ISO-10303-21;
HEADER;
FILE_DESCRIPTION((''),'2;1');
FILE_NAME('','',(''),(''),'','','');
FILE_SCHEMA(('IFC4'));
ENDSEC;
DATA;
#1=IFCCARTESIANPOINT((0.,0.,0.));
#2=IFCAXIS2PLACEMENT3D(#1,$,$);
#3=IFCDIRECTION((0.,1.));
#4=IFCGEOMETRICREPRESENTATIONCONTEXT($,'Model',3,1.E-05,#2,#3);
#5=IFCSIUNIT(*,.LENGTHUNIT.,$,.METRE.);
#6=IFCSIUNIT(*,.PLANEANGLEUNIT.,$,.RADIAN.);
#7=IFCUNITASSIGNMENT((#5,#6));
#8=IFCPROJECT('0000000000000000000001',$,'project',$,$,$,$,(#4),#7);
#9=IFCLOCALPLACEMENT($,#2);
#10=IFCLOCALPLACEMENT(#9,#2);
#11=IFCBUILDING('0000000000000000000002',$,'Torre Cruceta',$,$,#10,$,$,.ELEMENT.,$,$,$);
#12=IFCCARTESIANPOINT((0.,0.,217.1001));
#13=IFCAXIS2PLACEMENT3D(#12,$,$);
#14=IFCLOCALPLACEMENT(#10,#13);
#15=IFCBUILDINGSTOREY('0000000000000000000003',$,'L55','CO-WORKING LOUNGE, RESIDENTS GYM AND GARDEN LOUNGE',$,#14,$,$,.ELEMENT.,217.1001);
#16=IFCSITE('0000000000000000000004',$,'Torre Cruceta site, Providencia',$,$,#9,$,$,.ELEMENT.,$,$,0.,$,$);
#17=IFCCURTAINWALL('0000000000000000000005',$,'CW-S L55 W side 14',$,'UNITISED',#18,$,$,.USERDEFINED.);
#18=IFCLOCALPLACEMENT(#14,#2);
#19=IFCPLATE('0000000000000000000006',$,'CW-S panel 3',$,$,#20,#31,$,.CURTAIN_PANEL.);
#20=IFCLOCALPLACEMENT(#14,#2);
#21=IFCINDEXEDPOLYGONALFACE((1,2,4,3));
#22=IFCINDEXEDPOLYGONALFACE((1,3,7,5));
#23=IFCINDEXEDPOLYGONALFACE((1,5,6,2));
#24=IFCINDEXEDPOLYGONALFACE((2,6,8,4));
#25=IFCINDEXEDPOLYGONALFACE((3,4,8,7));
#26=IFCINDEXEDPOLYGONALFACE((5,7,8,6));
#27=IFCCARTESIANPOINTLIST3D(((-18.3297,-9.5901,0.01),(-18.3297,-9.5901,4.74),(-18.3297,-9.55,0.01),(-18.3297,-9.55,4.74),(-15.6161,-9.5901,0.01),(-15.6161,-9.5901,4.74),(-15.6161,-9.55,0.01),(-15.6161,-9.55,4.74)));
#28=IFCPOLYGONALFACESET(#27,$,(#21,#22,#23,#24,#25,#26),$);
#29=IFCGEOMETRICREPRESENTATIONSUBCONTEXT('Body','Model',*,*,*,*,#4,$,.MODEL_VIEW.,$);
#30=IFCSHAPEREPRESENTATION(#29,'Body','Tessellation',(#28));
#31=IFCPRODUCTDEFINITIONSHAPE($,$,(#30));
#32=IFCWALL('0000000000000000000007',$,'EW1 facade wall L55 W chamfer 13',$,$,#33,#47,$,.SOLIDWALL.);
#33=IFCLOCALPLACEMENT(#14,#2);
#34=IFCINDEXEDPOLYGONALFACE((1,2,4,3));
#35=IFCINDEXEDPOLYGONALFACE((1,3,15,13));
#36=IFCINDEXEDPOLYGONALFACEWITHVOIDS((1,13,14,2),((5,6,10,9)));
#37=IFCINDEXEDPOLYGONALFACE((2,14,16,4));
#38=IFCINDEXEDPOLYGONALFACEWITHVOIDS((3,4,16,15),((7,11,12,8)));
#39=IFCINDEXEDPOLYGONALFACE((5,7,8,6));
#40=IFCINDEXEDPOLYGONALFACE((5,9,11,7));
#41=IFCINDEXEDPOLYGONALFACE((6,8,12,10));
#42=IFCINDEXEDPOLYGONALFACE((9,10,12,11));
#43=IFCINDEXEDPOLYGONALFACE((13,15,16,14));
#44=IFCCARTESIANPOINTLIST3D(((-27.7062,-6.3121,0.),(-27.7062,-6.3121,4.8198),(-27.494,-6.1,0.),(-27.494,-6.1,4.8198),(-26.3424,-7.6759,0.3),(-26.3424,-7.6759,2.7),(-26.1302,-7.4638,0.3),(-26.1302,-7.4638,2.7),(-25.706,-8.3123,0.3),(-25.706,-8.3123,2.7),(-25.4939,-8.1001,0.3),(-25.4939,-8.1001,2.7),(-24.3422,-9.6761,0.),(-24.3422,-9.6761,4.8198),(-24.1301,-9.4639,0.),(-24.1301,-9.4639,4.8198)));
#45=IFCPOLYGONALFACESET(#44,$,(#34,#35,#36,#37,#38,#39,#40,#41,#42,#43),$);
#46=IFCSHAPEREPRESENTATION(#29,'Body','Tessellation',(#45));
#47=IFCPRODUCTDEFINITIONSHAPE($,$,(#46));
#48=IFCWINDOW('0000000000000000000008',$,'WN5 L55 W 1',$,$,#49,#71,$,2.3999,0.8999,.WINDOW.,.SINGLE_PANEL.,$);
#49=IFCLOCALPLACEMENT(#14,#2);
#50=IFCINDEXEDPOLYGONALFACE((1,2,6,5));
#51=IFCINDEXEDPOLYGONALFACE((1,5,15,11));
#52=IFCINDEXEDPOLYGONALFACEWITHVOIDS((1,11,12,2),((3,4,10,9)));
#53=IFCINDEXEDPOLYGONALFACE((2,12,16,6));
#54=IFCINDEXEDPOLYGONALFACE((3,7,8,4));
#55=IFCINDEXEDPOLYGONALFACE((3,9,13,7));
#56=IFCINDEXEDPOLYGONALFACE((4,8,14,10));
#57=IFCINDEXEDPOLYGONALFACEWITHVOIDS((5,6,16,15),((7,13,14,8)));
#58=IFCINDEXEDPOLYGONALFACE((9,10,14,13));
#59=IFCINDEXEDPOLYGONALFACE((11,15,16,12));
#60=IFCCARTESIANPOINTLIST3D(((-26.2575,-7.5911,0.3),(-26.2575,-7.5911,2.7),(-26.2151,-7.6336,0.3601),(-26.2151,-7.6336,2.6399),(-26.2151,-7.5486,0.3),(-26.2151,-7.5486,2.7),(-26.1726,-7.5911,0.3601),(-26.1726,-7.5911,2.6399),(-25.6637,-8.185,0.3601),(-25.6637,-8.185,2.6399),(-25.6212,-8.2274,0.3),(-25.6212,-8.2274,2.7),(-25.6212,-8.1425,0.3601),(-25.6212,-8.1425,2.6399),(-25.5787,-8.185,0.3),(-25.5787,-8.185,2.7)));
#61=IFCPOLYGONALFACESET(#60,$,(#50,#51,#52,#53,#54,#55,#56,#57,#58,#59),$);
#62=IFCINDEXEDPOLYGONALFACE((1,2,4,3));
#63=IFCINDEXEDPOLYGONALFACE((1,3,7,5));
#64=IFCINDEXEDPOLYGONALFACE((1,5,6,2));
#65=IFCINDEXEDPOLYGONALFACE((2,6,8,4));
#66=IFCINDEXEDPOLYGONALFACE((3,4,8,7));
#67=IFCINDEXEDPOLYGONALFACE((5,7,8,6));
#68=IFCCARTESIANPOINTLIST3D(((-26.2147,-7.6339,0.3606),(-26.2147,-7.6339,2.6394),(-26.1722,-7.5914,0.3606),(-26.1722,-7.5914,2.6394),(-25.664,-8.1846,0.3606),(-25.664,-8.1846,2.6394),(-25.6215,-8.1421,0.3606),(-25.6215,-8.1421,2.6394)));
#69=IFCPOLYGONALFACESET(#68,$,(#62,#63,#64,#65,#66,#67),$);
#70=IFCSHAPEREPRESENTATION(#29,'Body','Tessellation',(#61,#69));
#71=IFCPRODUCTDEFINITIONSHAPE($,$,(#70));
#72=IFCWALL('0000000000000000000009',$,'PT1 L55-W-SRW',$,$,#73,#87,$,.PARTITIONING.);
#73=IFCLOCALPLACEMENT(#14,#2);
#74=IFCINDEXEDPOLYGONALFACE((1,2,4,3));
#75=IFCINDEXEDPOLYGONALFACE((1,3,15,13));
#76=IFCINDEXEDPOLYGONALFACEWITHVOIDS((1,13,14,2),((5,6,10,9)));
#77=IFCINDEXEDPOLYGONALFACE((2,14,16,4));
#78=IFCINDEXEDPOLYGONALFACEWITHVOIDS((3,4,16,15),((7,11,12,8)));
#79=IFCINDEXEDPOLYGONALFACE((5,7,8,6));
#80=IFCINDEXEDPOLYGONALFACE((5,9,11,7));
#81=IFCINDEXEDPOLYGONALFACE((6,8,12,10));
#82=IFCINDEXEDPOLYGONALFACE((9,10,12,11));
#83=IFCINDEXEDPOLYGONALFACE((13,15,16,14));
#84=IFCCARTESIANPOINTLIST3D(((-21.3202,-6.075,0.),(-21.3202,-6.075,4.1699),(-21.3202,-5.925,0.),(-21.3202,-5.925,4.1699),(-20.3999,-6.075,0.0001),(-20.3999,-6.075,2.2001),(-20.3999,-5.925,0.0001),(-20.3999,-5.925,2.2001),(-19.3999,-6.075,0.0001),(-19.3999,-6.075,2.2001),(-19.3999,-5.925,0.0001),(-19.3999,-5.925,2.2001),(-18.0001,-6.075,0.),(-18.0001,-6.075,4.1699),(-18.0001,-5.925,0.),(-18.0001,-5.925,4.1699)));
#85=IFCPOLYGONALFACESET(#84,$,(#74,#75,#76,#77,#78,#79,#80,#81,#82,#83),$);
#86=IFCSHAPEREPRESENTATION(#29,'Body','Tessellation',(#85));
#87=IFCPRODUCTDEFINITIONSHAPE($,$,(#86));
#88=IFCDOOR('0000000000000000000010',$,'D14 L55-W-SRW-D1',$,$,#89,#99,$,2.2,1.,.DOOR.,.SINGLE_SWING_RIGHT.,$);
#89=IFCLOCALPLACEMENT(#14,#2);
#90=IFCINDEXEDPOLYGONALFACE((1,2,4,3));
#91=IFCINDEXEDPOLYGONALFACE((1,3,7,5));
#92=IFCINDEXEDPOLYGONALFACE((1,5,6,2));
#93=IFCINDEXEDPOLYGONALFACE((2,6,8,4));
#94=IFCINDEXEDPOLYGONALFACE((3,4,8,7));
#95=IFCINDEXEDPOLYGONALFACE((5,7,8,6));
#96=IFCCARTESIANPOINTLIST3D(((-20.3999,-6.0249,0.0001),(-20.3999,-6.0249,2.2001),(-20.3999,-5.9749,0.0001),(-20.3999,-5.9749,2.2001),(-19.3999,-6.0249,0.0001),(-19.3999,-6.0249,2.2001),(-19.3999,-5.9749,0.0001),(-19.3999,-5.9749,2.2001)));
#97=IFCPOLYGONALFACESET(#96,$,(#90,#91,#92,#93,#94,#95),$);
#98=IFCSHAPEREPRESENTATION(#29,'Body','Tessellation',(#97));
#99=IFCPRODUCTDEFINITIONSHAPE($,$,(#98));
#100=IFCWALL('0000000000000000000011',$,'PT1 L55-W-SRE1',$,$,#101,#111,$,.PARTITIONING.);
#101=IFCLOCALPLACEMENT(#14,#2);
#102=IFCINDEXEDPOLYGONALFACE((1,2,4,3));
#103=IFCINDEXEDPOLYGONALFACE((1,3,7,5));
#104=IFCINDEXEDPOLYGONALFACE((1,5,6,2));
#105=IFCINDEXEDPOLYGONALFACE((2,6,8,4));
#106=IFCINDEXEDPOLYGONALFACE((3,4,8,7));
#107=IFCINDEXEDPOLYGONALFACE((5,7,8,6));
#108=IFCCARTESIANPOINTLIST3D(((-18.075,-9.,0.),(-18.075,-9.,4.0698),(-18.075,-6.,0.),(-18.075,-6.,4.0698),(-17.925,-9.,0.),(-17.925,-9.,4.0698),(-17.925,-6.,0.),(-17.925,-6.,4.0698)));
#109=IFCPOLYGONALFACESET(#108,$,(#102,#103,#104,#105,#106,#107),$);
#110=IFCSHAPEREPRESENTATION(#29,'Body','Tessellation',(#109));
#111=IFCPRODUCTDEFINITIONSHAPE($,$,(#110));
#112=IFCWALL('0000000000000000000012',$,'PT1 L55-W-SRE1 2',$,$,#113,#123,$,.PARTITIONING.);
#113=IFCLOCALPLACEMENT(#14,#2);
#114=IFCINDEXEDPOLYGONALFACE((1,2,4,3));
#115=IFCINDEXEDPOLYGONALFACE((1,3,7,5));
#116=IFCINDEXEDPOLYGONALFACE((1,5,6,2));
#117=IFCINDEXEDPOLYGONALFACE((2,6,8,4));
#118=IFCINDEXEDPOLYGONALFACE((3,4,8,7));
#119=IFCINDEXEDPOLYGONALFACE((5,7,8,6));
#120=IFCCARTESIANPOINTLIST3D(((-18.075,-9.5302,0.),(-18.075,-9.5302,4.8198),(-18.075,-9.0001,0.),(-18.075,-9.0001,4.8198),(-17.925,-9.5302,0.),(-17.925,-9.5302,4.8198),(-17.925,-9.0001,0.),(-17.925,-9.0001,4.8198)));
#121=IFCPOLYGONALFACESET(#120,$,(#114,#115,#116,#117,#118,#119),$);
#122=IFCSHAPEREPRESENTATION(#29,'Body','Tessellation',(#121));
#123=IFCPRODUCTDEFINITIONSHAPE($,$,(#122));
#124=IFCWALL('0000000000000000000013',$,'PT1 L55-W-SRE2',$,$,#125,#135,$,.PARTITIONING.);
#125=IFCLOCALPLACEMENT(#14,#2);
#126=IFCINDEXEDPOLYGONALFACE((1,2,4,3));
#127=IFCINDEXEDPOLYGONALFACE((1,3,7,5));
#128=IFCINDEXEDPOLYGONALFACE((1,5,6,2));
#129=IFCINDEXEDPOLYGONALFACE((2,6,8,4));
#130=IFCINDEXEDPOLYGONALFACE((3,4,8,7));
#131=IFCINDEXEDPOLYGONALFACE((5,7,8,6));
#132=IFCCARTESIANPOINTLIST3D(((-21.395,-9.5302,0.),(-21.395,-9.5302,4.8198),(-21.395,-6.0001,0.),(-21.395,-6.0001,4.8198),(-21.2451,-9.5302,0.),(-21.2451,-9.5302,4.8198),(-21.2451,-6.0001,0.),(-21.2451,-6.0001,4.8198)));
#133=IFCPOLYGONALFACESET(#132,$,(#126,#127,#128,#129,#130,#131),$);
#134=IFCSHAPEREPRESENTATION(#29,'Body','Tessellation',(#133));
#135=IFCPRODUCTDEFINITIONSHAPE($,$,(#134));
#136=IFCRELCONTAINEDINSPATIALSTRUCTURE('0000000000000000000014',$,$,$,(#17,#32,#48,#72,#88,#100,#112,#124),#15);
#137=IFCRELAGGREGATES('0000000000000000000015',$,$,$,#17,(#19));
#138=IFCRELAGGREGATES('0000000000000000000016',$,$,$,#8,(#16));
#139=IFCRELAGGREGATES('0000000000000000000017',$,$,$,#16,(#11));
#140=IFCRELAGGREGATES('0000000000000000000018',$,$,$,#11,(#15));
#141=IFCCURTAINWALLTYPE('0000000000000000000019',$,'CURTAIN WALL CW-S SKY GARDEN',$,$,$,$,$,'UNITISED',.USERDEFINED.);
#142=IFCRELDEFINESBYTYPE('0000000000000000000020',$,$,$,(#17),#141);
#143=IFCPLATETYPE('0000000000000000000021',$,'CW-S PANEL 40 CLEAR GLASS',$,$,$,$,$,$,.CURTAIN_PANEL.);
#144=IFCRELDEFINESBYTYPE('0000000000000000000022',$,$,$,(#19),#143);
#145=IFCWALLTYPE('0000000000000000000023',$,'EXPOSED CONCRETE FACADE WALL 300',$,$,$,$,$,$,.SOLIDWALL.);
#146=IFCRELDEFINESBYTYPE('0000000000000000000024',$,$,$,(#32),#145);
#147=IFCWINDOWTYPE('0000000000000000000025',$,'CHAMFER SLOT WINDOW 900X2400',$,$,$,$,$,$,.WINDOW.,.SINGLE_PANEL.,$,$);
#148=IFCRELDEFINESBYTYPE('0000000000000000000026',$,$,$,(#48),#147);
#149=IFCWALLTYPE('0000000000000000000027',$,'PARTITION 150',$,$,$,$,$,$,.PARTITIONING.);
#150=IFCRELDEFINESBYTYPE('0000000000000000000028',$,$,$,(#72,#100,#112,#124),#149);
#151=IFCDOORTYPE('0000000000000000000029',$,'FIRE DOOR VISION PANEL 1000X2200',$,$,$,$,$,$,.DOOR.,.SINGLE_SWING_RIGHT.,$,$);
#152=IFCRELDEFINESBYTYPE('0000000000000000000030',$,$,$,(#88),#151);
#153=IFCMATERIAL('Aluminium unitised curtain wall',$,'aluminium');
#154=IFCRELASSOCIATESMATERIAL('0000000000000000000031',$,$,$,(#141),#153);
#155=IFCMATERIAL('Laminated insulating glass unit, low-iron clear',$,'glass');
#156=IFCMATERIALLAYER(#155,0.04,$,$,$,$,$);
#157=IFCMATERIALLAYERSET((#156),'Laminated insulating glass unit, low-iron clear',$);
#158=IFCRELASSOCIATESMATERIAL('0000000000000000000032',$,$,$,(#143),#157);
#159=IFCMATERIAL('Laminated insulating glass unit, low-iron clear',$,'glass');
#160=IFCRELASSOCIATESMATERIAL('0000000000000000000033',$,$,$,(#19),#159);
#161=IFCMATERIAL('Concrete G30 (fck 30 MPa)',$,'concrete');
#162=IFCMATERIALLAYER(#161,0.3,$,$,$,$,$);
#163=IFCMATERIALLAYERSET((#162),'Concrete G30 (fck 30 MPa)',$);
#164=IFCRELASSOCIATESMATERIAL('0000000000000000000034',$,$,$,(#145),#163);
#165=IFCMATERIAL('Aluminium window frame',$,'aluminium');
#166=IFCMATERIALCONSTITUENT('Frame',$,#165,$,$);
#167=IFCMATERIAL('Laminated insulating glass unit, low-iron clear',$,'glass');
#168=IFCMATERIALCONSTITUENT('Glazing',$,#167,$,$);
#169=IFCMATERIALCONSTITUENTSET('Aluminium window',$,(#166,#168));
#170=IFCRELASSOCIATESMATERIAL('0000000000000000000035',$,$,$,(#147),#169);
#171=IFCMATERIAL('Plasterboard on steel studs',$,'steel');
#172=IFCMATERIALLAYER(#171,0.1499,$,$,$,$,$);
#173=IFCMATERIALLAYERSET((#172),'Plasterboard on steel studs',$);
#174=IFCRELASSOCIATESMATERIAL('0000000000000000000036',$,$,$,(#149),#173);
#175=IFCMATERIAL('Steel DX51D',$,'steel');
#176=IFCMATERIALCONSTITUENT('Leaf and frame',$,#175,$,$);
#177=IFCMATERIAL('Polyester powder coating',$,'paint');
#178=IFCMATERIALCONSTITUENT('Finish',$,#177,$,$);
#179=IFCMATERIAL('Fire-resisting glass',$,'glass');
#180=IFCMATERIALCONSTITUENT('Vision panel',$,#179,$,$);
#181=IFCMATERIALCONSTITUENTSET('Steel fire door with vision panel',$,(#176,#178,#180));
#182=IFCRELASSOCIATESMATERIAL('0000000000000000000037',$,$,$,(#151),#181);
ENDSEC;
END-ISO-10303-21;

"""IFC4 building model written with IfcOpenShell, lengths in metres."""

from ifc_helpers import new_model, si_unit, direction, frame, frame_2d, origin, origin_2d, place, context, subcontext, project, spatial, rectangle, hollow_rectangle, extrude, material, layer, layer_set, constituent, constituent_set, type_object, element, fill, aggregate, save


model = new_model("IFC4")

# Units and contexts
model_context = context("Model", 3, precision=1e-05, world=origin(), true_north=direction((0.0, 1.0)))
body_context = subcontext(model_context, "Body", "Model", "MODEL_VIEW")
ifc_project = project(units=[si_unit("LENGTHUNIT", "METRE"), si_unit("PLANEANGLEUNIT", "RADIAN")], contexts=[model_context])

# Site, building, storey
site_placement = place(None, origin())
site = spatial("IfcSite", under=ifc_project, at=site_placement, Name="Torre Cruceta site, Providencia", CompositionType="ELEMENT", RefElevation=0.0)
building_placement = place(site_placement, origin())
building = spatial("IfcBuilding", under=site, at=building_placement, Name="Torre Cruceta", CompositionType="ELEMENT")
storey_placement = place(building_placement, frame((0.0, 0.0, 217.1001)))
storey = spatial("IfcBuildingStorey", under=building, at=storey_placement, Name="L55", Description="CO-WORKING LOUNGE, RESIDENTS GYM AND GARDEN LOUNGE", CompositionType="ELEMENT", Elevation=217.1001)

# Curtain wall
ifc_material_1 = material(Name="Aluminium unitised curtain wall", Category="aluminium")
curtain_wall_type = type_object("IfcCurtainWallType", Name="CURTAIN WALL CW-S SKY GARDEN", ElementType="UNITISED", PredefinedType="USERDEFINED", material=ifc_material_1)
curtain_wall_placement = place(storey_placement, origin())
curtain_wall = element("IfcCurtainWall", 1, at=curtain_wall_placement, inside=storey, type_object=curtain_wall_type, Name="CW-S L55 W side 14", ObjectType="UNITISED", PredefinedType="USERDEFINED")

# Plate
ifc_material_2 = material(Name="Laminated insulating glass unit, low-iron clear", Category="glass")
ifc_material_3 = material(Name="Laminated insulating glass unit, low-iron clear", Category="glass")
ifc_layer_1 = layer(ifc_material_3, 0.04)
ifc_layer_set_1 = layer_set([ifc_layer_1], Name="Laminated insulating glass unit, low-iron clear")
plate_type = type_object("IfcPlateType", Name="CW-S PANEL 40 CLEAR GLASS", PredefinedType="CURTAIN_PANEL", material=ifc_layer_set_1)
plate_placement = place(storey_placement, frame((-16.9729, -9.5701, 0.01), z_axis=(0.0, 0.0, 1.0), x_axis=(1.0, 0.0, 0.0)))
plate = element("IfcPlate", 2, at=plate_placement, type_object=plate_type, material=ifc_material_2, Name="CW-S panel 3", PredefinedType="CURTAIN_PANEL", context=body_context, shape_type="SweptSolid", body=[
    extrude(rectangle(XDim=2.7136, YDim=0.04, at=origin_2d()), origin(), (0.0, 0.0, 1.0), 4.73),
])
aggregate(curtain_wall, [plate])

# Wall, opening, window
ifc_material_4 = material(Name="Concrete G30 (fck 30 MPa)", Category="concrete")
ifc_layer_2 = layer(ifc_material_4, 0.3)
ifc_layer_set_2 = layer_set([ifc_layer_2], Name="Concrete G30 (fck 30 MPa)")
wall_type_1 = type_object("IfcWallType", Name="EXPOSED CONCRETE FACADE WALL 300", PredefinedType="SOLIDWALL", material=ifc_layer_set_2)
wall_1_placement = place(storey_placement, frame((-27.6001, -6.2061, 0.0), z_axis=(0.0, 0.0, 1.0), x_axis=(0.707107, -0.707107, 0.0)))
wall_1 = element("IfcWall", 3, at=wall_1_placement, inside=storey, type_object=wall_type_1, Name="EW1 facade wall L55 W chamfer 13", PredefinedType="SOLIDWALL", context=body_context, shape_type="SweptSolid", body=[
    extrude(rectangle(XDim=4.7573, YDim=0.3, at=frame_2d((2.3787, 0.0))), origin(), (0.0, 0.0, 1.0), 4.8198),
])
opening_1_placement = place(wall_1_placement, frame((1.9287, 0.0, 0.3)))
opening_1 = element("IfcOpeningElement", 4, at=opening_1_placement, cuts=wall_1, PredefinedType="OPENING", context=body_context, shape_type="SweptSolid", body=[
    extrude(rectangle(XDim=0.8999, YDim=2.3999, at=frame_2d((0.45, 1.2))), frame((0.0, 0.1599, 0.0), z_axis=(0.0, -1.0, 0.0), x_axis=(1.0, 0.0, 0.0)), (0.0, 0.0, 1.0), 0.3201),
])
ifc_material_5 = material(Name="Aluminium window frame", Category="aluminium")
ifc_constituent_1 = constituent(ifc_material_5, Name="Frame")
ifc_material_6 = material(Name="Laminated insulating glass unit, low-iron clear", Category="glass")
ifc_constituent_2 = constituent(ifc_material_6, Name="Glazing")
ifc_constituent_set_1 = constituent_set(constituents=[ifc_constituent_1, ifc_constituent_2], Name="Aluminium window")
window_type = type_object("IfcWindowType", Name="CHAMFER SLOT WINDOW 900X2400", PartitioningType="SINGLE_PANEL", PredefinedType="WINDOW", material=ifc_constituent_set_1)
window_placement = place(opening_1_placement, origin())
window = element("IfcWindow", 5, at=window_placement, inside=storey, type_object=window_type, Name="WN5 L55 W 1", OverallHeight=2.3999, OverallWidth=0.8999, PartitioningType="SINGLE_PANEL", PredefinedType="WINDOW", context=body_context, shape_type="SweptSolid", body=[
    extrude(hollow_rectangle(XDim=0.8999, YDim=2.3999, WallThickness=0.0601, at=frame_2d((0.45, 1.2))), frame((0.0, 0.03, 0.0), z_axis=(0.0, -1.0, 0.0), x_axis=(1.0, 0.0, 0.0)), (0.0, 0.0, 1.0), 0.0601),
    extrude(rectangle(XDim=0.7788, YDim=2.2788, at=frame_2d((0.45, 1.2))), frame((0.0, 0.03, 0.0), z_axis=(0.0, -1.0, 0.0), x_axis=(1.0, 0.0, 0.0)), (0.0, 0.0, 1.0), 0.0601),
])
fill(opening_1, window)

# Wall, opening, door
ifc_material_7 = material(Name="Plasterboard on steel studs", Category="steel")
ifc_layer_3 = layer(ifc_material_7, 0.1499)
ifc_layer_set_3 = layer_set([ifc_layer_3], Name="Plasterboard on steel studs")
wall_type_2 = type_object("IfcWallType", Name="PARTITION 150", PredefinedType="PARTITIONING", material=ifc_layer_set_3)
wall_2_placement = place(storey_placement, frame((-18.0, -6.0, 0.0), z_axis=(0.0, 0.0, 1.0), x_axis=(-1.0, 0.0, 0.0)))
wall_2 = element("IfcWall", 6, at=wall_2_placement, inside=storey, type_object=wall_type_2, Name="PT1 L55-W-SRW", PredefinedType="PARTITIONING", context=body_context, shape_type="SweptSolid", body=[
    extrude(rectangle(XDim=3.3201, YDim=0.1499, at=frame_2d((1.6602, 0.0))), origin(), (0.0, 0.0, 1.0), 4.1699),
])
opening_2_placement = place(wall_2_placement, frame((1.3999, 0.0, 0.0)))
opening_2 = element("IfcOpeningElement", 7, at=opening_2_placement, cuts=wall_2, PredefinedType="OPENING", context=body_context, shape_type="SweptSolid", body=[
    extrude(rectangle(XDim=1.0, YDim=2.2, at=frame_2d((0.5, 1.1001))), frame((0.0, 0.085, 0.0), z_axis=(0.0, -1.0, 0.0), x_axis=(1.0, 0.0, 0.0)), (0.0, 0.0, 1.0), 0.1699),
])
ifc_material_8 = material(Name="Steel DX51D", Category="steel")
ifc_constituent_3 = constituent(ifc_material_8, Name="Leaf and frame")
ifc_material_9 = material(Name="Polyester powder coating", Category="paint")
ifc_constituent_4 = constituent(ifc_material_9, Name="Finish")
ifc_material_10 = material(Name="Fire-resisting glass", Category="glass")
ifc_constituent_5 = constituent(ifc_material_10, Name="Vision panel")
ifc_constituent_set_2 = constituent_set(constituents=[ifc_constituent_3, ifc_constituent_4, ifc_constituent_5], Name="Steel fire door with vision panel")
door_type = type_object("IfcDoorType", Name="FIRE DOOR VISION PANEL 1000X2200", OperationType="SINGLE_SWING_RIGHT", PredefinedType="DOOR", material=ifc_constituent_set_2)
door_placement = place(opening_2_placement, origin())
door = element("IfcDoor", 8, at=door_placement, inside=storey, type_object=door_type, Name="D14 L55-W-SRW-D1", OperationType="SINGLE_SWING_RIGHT", OverallHeight=2.2, OverallWidth=1.0, PredefinedType="DOOR", context=body_context, shape_type="SweptSolid", body=[
    extrude(rectangle(XDim=1.0, YDim=2.2, at=frame_2d((0.5, 1.1001))), frame((0.0, 0.0249, 0.0), z_axis=(0.0, -1.0, 0.0), x_axis=(1.0, 0.0, 0.0)), (0.0, 0.0, 1.0), 0.05),
])
fill(opening_2, door)

# Walls
wall_3_placement = place(storey_placement, frame((-18.0, -6.0, 0.0), z_axis=(0.0, 0.0, 1.0), x_axis=(0.0, -1.0, 0.0)))
element("IfcWall", 9, at=wall_3_placement, inside=storey, type_object=wall_type_2, Name="PT1 L55-W-SRE1", PredefinedType="PARTITIONING", context=body_context, shape_type="SweptSolid", body=[
    extrude(rectangle(XDim=3.0, YDim=0.1499, at=frame_2d((1.5, 0.0))), origin(), (0.0, 0.0, 1.0), 4.0698),
])
wall_4_placement = place(storey_placement, frame((-18.0, -9.0, 0.0), z_axis=(0.0, 0.0, 1.0), x_axis=(0.0, -1.0, 0.0)))
element("IfcWall", 10, at=wall_4_placement, inside=storey, type_object=wall_type_2, Name="PT1 L55-W-SRE1 2", PredefinedType="PARTITIONING", context=body_context, shape_type="SweptSolid", body=[
    extrude(rectangle(XDim=0.53, YDim=0.1499, at=frame_2d((0.2651, 0.0))), origin(), (0.0, 0.0, 1.0), 4.8198),
])
wall_5_placement = place(storey_placement, frame((-21.3201, -6.0, 0.0), z_axis=(0.0, 0.0, 1.0), x_axis=(0.0, -1.0, 0.0)))
element("IfcWall", 11, at=wall_5_placement, inside=storey, type_object=wall_type_2, Name="PT1 L55-W-SRE2", PredefinedType="PARTITIONING", context=body_context, shape_type="SweptSolid", body=[
    extrude(rectangle(XDim=3.53, YDim=0.1499, at=frame_2d((1.7651, 0.0))), origin(), (0.0, 0.0, 1.0), 4.8198),
])

save(model, "model.ifc")
